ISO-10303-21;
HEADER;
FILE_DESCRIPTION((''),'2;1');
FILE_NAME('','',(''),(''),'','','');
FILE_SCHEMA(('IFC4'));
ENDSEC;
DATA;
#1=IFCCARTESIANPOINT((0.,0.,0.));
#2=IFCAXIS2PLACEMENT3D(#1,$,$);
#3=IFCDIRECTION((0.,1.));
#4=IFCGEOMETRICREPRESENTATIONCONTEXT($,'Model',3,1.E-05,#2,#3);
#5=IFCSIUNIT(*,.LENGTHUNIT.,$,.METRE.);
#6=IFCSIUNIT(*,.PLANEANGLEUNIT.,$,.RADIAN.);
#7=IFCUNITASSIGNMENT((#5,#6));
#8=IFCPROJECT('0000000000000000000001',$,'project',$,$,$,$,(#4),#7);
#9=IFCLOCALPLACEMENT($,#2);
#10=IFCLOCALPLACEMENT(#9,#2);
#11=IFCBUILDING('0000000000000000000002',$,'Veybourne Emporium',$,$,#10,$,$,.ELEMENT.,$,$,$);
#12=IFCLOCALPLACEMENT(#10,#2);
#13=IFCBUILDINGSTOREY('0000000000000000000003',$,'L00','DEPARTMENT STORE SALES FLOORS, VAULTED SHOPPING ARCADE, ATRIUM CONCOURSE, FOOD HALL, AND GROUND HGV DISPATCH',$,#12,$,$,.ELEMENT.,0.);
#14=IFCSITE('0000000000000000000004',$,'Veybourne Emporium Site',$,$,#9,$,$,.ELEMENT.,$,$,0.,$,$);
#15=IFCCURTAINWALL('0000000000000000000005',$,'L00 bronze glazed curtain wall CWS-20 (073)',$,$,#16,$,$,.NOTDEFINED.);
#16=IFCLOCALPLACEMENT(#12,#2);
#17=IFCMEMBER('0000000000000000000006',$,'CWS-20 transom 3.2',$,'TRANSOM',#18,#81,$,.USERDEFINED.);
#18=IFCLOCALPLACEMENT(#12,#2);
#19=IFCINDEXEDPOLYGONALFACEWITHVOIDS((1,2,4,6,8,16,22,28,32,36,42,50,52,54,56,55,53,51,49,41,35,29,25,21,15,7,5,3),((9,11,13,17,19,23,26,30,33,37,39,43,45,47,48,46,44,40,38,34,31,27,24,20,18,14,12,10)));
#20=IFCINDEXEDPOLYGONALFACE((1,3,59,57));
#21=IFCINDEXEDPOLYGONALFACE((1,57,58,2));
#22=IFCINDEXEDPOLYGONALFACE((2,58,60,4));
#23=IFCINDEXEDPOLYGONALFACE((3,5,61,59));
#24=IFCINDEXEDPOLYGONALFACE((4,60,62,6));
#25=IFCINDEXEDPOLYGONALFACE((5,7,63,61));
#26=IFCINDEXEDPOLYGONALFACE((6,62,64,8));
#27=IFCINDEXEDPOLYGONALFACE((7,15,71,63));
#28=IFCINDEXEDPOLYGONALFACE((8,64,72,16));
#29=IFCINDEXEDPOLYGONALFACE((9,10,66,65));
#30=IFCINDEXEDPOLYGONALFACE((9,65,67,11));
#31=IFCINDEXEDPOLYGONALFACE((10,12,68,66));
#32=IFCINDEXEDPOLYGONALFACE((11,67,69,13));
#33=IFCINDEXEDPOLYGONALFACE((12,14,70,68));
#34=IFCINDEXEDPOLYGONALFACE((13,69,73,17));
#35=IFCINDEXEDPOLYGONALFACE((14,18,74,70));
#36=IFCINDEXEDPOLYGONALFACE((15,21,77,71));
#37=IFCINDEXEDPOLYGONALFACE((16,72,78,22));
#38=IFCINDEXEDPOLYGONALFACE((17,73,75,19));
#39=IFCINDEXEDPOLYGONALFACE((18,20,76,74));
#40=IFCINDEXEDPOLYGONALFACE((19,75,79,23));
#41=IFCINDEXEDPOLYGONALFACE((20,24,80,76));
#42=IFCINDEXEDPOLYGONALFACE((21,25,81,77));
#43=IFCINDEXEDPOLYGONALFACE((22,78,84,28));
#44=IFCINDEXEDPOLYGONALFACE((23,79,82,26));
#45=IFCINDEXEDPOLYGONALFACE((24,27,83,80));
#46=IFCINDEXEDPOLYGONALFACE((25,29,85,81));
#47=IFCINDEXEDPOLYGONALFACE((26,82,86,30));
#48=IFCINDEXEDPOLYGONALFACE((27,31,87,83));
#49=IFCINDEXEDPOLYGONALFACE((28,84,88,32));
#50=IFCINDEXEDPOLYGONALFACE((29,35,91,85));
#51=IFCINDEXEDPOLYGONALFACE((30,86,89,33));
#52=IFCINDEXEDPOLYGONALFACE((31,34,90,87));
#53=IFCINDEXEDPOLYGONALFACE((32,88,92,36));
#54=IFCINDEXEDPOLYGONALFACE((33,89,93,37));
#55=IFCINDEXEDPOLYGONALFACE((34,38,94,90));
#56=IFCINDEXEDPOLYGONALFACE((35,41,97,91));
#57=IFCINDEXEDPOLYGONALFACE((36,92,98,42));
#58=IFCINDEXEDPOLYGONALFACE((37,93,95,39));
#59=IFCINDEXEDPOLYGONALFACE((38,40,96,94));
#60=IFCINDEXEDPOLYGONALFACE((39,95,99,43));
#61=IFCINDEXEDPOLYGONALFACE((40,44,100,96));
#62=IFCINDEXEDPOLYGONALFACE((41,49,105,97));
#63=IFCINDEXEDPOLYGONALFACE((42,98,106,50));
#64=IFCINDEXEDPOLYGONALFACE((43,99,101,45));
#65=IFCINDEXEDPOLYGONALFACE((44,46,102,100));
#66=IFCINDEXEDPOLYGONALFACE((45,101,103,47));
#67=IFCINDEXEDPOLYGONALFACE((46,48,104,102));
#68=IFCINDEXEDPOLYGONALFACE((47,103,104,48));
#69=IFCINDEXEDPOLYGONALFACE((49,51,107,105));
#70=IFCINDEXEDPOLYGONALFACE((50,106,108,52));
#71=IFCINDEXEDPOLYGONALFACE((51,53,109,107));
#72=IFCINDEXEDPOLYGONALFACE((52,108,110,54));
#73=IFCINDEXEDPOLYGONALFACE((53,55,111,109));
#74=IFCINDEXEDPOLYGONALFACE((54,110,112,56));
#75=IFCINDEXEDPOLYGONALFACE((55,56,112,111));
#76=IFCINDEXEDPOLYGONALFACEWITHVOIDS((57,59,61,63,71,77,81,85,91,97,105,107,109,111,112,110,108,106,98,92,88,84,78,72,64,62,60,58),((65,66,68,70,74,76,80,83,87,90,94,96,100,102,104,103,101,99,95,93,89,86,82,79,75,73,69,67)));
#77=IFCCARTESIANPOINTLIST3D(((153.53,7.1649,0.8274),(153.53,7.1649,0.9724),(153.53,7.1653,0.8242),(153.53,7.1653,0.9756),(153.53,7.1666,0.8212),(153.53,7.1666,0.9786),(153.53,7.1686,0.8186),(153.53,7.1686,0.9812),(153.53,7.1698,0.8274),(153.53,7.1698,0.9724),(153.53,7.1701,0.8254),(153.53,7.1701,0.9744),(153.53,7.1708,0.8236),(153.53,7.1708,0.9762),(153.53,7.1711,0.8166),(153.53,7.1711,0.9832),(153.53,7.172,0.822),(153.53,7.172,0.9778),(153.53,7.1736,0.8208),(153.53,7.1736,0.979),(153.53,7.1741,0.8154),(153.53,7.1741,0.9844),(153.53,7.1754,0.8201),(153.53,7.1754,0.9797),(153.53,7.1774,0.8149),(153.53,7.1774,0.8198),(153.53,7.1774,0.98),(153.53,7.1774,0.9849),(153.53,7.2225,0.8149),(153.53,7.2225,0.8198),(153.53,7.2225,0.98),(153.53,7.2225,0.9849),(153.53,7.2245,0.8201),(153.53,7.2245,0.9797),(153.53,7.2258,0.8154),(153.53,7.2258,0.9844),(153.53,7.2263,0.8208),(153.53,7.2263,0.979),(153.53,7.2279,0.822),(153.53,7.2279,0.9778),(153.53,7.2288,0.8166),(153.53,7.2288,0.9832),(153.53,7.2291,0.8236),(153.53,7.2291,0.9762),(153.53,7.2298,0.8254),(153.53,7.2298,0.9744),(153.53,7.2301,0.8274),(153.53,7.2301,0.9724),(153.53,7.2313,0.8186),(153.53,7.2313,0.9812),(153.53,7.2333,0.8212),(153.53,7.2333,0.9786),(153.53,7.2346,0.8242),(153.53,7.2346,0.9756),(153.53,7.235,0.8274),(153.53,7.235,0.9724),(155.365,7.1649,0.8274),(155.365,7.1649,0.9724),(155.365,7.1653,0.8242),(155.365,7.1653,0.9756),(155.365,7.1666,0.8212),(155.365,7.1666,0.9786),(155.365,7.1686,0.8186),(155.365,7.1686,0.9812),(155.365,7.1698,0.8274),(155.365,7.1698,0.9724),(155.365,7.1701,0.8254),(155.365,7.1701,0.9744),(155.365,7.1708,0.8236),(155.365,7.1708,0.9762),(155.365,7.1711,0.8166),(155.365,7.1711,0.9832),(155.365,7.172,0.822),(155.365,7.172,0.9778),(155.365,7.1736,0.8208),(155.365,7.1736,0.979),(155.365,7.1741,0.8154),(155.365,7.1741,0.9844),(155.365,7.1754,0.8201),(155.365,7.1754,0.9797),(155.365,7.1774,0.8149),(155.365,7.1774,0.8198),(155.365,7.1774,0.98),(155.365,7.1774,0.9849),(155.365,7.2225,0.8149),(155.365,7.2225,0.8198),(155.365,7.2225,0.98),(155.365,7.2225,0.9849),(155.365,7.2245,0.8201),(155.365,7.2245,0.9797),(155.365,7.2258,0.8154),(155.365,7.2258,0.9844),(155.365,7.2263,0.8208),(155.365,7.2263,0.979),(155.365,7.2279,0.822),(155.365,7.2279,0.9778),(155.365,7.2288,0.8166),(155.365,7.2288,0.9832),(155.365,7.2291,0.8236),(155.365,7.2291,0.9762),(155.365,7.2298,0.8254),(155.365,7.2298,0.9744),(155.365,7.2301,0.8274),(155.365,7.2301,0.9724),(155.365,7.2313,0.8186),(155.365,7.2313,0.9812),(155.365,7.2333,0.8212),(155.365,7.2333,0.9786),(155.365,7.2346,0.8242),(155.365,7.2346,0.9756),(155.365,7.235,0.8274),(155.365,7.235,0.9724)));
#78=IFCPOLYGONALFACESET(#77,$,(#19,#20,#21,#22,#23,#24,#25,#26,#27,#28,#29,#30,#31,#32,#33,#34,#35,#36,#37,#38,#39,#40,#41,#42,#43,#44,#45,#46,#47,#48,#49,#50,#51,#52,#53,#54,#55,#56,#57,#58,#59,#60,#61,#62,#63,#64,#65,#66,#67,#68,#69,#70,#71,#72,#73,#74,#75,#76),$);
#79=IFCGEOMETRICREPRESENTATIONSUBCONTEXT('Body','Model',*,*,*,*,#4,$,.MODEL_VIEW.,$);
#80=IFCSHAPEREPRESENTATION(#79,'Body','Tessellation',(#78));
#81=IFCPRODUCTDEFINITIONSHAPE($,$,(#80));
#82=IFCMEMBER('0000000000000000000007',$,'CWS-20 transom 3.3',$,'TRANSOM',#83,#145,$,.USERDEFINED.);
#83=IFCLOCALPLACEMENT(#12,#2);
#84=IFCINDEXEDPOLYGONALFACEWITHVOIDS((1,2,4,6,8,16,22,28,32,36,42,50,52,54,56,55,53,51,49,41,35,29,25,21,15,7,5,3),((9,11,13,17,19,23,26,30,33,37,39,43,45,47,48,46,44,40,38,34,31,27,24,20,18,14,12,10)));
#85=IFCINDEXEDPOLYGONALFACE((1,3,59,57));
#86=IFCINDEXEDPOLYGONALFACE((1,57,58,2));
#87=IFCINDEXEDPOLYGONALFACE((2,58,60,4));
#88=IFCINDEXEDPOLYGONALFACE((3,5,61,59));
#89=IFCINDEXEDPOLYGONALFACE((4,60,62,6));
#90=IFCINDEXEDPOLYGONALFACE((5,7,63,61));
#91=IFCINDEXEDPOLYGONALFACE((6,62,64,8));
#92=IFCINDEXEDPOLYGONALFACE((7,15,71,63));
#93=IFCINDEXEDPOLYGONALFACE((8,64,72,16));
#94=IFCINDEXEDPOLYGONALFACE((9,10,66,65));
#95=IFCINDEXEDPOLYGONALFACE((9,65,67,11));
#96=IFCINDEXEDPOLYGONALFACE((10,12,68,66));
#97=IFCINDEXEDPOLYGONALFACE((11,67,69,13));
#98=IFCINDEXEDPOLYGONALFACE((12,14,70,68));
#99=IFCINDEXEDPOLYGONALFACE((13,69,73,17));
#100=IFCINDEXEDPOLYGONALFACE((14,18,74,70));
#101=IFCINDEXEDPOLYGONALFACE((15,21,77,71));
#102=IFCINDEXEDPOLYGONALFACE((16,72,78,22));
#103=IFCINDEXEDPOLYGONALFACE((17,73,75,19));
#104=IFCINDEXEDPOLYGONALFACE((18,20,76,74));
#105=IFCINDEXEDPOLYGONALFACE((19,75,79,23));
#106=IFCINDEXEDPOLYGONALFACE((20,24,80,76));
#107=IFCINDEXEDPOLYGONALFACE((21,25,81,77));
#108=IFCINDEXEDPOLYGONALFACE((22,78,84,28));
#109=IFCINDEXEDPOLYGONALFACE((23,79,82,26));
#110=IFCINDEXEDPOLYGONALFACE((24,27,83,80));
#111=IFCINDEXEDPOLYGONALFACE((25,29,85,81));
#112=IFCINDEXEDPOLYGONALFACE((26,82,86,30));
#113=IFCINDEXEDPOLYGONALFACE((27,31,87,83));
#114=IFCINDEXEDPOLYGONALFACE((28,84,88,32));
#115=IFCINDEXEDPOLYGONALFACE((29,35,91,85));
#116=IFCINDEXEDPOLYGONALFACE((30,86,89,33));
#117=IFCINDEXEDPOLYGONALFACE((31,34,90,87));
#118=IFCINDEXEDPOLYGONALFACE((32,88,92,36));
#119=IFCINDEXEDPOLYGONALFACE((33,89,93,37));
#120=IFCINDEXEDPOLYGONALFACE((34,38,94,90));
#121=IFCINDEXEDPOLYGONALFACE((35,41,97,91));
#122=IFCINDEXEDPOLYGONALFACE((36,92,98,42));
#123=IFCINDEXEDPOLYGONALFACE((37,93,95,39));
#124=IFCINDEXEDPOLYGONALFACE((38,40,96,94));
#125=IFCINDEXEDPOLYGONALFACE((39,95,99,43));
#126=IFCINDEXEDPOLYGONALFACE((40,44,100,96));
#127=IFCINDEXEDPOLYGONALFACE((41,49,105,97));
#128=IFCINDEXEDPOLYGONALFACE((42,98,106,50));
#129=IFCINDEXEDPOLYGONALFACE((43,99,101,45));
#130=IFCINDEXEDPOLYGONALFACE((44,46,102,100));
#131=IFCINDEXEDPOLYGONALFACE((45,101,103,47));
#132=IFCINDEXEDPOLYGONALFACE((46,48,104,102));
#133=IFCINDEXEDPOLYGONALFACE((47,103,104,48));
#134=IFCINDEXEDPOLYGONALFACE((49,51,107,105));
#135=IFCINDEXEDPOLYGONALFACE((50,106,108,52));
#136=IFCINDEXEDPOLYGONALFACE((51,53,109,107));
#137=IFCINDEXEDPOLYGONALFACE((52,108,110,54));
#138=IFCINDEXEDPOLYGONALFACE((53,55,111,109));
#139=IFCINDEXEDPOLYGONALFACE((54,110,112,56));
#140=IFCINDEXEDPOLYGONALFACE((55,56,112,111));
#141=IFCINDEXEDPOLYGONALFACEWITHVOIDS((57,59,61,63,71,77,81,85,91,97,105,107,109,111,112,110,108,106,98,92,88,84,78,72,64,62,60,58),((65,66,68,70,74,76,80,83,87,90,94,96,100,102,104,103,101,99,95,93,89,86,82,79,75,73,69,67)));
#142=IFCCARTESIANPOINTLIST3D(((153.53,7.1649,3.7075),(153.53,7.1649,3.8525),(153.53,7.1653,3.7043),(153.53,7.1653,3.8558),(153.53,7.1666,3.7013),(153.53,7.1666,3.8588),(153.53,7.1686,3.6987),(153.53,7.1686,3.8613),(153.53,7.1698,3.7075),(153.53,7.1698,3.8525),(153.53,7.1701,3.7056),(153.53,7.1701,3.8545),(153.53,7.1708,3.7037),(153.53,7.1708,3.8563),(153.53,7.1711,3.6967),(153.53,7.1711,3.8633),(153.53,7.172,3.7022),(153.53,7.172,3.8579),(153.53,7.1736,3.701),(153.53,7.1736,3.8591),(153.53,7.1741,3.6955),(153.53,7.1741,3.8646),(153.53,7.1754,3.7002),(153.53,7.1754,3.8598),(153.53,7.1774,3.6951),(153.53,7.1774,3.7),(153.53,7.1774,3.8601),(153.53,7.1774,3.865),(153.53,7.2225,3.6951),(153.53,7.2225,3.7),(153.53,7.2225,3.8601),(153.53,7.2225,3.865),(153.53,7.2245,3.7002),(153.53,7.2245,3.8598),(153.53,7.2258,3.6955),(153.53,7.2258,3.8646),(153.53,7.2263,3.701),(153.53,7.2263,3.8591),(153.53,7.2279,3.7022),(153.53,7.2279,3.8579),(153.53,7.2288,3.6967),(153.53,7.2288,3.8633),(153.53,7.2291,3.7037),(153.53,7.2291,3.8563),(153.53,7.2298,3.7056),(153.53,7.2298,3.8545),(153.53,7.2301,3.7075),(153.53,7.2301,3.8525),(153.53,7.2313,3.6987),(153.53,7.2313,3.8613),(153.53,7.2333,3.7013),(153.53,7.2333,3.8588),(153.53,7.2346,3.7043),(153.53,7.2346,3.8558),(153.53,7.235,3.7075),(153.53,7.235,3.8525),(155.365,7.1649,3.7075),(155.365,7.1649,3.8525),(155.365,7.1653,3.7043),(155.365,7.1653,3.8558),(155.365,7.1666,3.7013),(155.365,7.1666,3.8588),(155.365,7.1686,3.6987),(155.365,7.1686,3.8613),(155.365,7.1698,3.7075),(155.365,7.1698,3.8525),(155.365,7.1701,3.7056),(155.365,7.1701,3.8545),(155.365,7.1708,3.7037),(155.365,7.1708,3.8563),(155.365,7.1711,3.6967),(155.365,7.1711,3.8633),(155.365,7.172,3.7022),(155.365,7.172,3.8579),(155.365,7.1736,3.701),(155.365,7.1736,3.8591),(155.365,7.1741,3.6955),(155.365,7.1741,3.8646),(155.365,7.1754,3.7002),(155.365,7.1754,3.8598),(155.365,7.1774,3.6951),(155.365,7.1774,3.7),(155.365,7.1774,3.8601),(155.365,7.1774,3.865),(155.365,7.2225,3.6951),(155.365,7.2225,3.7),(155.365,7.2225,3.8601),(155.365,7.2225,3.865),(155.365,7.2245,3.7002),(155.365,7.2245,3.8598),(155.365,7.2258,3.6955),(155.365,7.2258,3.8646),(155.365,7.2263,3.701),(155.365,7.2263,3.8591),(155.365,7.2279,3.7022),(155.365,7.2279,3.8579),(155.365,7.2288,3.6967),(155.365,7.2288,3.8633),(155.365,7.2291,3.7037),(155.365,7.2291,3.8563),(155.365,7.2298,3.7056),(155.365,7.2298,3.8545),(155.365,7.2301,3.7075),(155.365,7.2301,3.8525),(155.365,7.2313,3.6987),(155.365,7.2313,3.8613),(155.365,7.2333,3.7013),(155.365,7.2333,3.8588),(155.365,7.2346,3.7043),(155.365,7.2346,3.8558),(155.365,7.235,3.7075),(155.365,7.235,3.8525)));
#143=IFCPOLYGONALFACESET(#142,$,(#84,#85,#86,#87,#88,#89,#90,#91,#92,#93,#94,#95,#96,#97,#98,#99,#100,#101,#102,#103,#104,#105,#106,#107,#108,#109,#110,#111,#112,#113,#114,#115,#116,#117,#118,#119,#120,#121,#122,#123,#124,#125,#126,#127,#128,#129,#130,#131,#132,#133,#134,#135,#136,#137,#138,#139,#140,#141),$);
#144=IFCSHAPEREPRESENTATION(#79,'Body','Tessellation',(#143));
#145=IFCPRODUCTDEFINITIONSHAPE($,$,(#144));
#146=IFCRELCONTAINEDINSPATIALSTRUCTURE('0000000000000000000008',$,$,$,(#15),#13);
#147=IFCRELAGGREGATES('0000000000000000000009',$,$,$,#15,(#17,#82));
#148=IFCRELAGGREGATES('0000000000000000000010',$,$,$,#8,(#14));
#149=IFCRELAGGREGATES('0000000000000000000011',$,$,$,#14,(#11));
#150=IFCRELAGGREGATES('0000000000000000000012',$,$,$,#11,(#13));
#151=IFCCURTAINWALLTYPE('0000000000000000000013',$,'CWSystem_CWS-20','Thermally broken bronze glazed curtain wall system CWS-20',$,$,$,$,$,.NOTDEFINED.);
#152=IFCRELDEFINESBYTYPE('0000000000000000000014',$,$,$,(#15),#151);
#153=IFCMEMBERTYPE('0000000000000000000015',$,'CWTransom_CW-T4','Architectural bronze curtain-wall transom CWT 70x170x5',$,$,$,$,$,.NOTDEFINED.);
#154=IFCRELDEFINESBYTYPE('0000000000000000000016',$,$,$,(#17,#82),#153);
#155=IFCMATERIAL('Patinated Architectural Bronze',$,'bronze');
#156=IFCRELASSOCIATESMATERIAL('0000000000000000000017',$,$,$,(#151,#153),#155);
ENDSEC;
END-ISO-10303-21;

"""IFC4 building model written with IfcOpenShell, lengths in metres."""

from ifc_helpers import new_model, si_unit, direction, frame, origin, origin_2d, place, context, subcontext, project, spatial, hollow_rectangle, extrude, material, material_profile, profile_set, type_object, element, aggregate, save


model = new_model("IFC4")

# Units and contexts
model_context = context("Model", 3, precision=1e-05, world=origin(), true_north=direction((0.0, 1.0)))
body_context = subcontext(model_context, "Body", "Model", "MODEL_VIEW")
ifc_project = project(units=[si_unit("LENGTHUNIT", "METRE"), si_unit("PLANEANGLEUNIT", "RADIAN")], contexts=[model_context])

# Site, building, storey
site_placement = place(None, origin())
site = spatial("IfcSite", under=ifc_project, at=site_placement, Name="Veybourne Emporium Site", CompositionType="ELEMENT", RefElevation=0.0)
building_placement = place(site_placement, origin())
building = spatial("IfcBuilding", under=site, at=building_placement, Name="Veybourne Emporium", CompositionType="ELEMENT")
storey_placement = place(building_placement, origin())
storey = spatial("IfcBuildingStorey", under=building, at=storey_placement, Name="L00", Description="DEPARTMENT STORE SALES FLOORS, VAULTED SHOPPING ARCADE, ATRIUM CONCOURSE, FOOD HALL, AND GROUND HGV DISPATCH", CompositionType="ELEMENT", Elevation=0.0)

# Curtain wall
ifc_material_1 = material(Name="Patinated Architectural Bronze", Category="bronze")
curtain_wall_type_1 = type_object("IfcCurtainWallType", Name="CWSystem_CWS-20", Description="Thermally broken bronze glazed curtain wall system CWS-20", PredefinedType="NOTDEFINED", material=ifc_material_1)
curtain_wall_1_placement = place(storey_placement, origin())
curtain_wall_1 = element("IfcCurtainWall", 1, at=curtain_wall_1_placement, inside=storey, type_object=curtain_wall_type_1, Name="L00 bronze glazed curtain wall CWS-20 (073)", PredefinedType="NOTDEFINED")

# Members
ifc_material_profile_1 = material_profile(ifc_material_1, hollow_rectangle(XDim=0.0701, YDim=0.1699, WallThickness=0.0049, InnerFilletRadius=0.0076, OuterFilletRadius=0.0125, at=origin_2d()), Name="CWT 70x170x5")
ifc_profile_set_1 = profile_set([ifc_material_profile_1], Name="Patinated Architectural Bronze")
member_type_1 = type_object("IfcMemberType", Name="CWTransom_CW-T4", Description="Architectural bronze curtain-wall transom CWT 70x170x5", PredefinedType="NOTDEFINED", material=ifc_profile_set_1)
member_1_placement = place(storey_placement, frame((155.365, 7.2, 0.8999), z_axis=(-1.0, 0.0, 0.0), x_axis=(0.0, -1.0, 0.0)))
member_1 = element("IfcMember", 2, at=member_1_placement, type_object=member_type_1, Name="CWS-20 transom 3.2", ObjectType="TRANSOM", PredefinedType="USERDEFINED", context=body_context, shape_type="SweptSolid", body=[
    extrude(hollow_rectangle(XDim=0.0701, YDim=0.1699, WallThickness=0.0049, InnerFilletRadius=0.0076, OuterFilletRadius=0.0125, at=origin_2d()), origin(), (0.0, 0.0, 1.0), 1.835),
])
member_2_placement = place(storey_placement, frame((155.365, 7.2, 3.78), z_axis=(-1.0, 0.0, 0.0), x_axis=(0.0, -1.0, 0.0)))
member_2 = element("IfcMember", 3, at=member_2_placement, type_object=member_type_1, Name="CWS-20 transom 3.3", ObjectType="TRANSOM", PredefinedType="USERDEFINED", context=body_context, shape_type="SweptSolid", body=[
    extrude(hollow_rectangle(XDim=0.0701, YDim=0.1699, WallThickness=0.0049, InnerFilletRadius=0.0076, OuterFilletRadius=0.0125, at=origin_2d()), origin(), (0.0, 0.0, 1.0), 1.835),
])

aggregate(curtain_wall_1, [member_1, member_2])

save(model, "model.ifc")
